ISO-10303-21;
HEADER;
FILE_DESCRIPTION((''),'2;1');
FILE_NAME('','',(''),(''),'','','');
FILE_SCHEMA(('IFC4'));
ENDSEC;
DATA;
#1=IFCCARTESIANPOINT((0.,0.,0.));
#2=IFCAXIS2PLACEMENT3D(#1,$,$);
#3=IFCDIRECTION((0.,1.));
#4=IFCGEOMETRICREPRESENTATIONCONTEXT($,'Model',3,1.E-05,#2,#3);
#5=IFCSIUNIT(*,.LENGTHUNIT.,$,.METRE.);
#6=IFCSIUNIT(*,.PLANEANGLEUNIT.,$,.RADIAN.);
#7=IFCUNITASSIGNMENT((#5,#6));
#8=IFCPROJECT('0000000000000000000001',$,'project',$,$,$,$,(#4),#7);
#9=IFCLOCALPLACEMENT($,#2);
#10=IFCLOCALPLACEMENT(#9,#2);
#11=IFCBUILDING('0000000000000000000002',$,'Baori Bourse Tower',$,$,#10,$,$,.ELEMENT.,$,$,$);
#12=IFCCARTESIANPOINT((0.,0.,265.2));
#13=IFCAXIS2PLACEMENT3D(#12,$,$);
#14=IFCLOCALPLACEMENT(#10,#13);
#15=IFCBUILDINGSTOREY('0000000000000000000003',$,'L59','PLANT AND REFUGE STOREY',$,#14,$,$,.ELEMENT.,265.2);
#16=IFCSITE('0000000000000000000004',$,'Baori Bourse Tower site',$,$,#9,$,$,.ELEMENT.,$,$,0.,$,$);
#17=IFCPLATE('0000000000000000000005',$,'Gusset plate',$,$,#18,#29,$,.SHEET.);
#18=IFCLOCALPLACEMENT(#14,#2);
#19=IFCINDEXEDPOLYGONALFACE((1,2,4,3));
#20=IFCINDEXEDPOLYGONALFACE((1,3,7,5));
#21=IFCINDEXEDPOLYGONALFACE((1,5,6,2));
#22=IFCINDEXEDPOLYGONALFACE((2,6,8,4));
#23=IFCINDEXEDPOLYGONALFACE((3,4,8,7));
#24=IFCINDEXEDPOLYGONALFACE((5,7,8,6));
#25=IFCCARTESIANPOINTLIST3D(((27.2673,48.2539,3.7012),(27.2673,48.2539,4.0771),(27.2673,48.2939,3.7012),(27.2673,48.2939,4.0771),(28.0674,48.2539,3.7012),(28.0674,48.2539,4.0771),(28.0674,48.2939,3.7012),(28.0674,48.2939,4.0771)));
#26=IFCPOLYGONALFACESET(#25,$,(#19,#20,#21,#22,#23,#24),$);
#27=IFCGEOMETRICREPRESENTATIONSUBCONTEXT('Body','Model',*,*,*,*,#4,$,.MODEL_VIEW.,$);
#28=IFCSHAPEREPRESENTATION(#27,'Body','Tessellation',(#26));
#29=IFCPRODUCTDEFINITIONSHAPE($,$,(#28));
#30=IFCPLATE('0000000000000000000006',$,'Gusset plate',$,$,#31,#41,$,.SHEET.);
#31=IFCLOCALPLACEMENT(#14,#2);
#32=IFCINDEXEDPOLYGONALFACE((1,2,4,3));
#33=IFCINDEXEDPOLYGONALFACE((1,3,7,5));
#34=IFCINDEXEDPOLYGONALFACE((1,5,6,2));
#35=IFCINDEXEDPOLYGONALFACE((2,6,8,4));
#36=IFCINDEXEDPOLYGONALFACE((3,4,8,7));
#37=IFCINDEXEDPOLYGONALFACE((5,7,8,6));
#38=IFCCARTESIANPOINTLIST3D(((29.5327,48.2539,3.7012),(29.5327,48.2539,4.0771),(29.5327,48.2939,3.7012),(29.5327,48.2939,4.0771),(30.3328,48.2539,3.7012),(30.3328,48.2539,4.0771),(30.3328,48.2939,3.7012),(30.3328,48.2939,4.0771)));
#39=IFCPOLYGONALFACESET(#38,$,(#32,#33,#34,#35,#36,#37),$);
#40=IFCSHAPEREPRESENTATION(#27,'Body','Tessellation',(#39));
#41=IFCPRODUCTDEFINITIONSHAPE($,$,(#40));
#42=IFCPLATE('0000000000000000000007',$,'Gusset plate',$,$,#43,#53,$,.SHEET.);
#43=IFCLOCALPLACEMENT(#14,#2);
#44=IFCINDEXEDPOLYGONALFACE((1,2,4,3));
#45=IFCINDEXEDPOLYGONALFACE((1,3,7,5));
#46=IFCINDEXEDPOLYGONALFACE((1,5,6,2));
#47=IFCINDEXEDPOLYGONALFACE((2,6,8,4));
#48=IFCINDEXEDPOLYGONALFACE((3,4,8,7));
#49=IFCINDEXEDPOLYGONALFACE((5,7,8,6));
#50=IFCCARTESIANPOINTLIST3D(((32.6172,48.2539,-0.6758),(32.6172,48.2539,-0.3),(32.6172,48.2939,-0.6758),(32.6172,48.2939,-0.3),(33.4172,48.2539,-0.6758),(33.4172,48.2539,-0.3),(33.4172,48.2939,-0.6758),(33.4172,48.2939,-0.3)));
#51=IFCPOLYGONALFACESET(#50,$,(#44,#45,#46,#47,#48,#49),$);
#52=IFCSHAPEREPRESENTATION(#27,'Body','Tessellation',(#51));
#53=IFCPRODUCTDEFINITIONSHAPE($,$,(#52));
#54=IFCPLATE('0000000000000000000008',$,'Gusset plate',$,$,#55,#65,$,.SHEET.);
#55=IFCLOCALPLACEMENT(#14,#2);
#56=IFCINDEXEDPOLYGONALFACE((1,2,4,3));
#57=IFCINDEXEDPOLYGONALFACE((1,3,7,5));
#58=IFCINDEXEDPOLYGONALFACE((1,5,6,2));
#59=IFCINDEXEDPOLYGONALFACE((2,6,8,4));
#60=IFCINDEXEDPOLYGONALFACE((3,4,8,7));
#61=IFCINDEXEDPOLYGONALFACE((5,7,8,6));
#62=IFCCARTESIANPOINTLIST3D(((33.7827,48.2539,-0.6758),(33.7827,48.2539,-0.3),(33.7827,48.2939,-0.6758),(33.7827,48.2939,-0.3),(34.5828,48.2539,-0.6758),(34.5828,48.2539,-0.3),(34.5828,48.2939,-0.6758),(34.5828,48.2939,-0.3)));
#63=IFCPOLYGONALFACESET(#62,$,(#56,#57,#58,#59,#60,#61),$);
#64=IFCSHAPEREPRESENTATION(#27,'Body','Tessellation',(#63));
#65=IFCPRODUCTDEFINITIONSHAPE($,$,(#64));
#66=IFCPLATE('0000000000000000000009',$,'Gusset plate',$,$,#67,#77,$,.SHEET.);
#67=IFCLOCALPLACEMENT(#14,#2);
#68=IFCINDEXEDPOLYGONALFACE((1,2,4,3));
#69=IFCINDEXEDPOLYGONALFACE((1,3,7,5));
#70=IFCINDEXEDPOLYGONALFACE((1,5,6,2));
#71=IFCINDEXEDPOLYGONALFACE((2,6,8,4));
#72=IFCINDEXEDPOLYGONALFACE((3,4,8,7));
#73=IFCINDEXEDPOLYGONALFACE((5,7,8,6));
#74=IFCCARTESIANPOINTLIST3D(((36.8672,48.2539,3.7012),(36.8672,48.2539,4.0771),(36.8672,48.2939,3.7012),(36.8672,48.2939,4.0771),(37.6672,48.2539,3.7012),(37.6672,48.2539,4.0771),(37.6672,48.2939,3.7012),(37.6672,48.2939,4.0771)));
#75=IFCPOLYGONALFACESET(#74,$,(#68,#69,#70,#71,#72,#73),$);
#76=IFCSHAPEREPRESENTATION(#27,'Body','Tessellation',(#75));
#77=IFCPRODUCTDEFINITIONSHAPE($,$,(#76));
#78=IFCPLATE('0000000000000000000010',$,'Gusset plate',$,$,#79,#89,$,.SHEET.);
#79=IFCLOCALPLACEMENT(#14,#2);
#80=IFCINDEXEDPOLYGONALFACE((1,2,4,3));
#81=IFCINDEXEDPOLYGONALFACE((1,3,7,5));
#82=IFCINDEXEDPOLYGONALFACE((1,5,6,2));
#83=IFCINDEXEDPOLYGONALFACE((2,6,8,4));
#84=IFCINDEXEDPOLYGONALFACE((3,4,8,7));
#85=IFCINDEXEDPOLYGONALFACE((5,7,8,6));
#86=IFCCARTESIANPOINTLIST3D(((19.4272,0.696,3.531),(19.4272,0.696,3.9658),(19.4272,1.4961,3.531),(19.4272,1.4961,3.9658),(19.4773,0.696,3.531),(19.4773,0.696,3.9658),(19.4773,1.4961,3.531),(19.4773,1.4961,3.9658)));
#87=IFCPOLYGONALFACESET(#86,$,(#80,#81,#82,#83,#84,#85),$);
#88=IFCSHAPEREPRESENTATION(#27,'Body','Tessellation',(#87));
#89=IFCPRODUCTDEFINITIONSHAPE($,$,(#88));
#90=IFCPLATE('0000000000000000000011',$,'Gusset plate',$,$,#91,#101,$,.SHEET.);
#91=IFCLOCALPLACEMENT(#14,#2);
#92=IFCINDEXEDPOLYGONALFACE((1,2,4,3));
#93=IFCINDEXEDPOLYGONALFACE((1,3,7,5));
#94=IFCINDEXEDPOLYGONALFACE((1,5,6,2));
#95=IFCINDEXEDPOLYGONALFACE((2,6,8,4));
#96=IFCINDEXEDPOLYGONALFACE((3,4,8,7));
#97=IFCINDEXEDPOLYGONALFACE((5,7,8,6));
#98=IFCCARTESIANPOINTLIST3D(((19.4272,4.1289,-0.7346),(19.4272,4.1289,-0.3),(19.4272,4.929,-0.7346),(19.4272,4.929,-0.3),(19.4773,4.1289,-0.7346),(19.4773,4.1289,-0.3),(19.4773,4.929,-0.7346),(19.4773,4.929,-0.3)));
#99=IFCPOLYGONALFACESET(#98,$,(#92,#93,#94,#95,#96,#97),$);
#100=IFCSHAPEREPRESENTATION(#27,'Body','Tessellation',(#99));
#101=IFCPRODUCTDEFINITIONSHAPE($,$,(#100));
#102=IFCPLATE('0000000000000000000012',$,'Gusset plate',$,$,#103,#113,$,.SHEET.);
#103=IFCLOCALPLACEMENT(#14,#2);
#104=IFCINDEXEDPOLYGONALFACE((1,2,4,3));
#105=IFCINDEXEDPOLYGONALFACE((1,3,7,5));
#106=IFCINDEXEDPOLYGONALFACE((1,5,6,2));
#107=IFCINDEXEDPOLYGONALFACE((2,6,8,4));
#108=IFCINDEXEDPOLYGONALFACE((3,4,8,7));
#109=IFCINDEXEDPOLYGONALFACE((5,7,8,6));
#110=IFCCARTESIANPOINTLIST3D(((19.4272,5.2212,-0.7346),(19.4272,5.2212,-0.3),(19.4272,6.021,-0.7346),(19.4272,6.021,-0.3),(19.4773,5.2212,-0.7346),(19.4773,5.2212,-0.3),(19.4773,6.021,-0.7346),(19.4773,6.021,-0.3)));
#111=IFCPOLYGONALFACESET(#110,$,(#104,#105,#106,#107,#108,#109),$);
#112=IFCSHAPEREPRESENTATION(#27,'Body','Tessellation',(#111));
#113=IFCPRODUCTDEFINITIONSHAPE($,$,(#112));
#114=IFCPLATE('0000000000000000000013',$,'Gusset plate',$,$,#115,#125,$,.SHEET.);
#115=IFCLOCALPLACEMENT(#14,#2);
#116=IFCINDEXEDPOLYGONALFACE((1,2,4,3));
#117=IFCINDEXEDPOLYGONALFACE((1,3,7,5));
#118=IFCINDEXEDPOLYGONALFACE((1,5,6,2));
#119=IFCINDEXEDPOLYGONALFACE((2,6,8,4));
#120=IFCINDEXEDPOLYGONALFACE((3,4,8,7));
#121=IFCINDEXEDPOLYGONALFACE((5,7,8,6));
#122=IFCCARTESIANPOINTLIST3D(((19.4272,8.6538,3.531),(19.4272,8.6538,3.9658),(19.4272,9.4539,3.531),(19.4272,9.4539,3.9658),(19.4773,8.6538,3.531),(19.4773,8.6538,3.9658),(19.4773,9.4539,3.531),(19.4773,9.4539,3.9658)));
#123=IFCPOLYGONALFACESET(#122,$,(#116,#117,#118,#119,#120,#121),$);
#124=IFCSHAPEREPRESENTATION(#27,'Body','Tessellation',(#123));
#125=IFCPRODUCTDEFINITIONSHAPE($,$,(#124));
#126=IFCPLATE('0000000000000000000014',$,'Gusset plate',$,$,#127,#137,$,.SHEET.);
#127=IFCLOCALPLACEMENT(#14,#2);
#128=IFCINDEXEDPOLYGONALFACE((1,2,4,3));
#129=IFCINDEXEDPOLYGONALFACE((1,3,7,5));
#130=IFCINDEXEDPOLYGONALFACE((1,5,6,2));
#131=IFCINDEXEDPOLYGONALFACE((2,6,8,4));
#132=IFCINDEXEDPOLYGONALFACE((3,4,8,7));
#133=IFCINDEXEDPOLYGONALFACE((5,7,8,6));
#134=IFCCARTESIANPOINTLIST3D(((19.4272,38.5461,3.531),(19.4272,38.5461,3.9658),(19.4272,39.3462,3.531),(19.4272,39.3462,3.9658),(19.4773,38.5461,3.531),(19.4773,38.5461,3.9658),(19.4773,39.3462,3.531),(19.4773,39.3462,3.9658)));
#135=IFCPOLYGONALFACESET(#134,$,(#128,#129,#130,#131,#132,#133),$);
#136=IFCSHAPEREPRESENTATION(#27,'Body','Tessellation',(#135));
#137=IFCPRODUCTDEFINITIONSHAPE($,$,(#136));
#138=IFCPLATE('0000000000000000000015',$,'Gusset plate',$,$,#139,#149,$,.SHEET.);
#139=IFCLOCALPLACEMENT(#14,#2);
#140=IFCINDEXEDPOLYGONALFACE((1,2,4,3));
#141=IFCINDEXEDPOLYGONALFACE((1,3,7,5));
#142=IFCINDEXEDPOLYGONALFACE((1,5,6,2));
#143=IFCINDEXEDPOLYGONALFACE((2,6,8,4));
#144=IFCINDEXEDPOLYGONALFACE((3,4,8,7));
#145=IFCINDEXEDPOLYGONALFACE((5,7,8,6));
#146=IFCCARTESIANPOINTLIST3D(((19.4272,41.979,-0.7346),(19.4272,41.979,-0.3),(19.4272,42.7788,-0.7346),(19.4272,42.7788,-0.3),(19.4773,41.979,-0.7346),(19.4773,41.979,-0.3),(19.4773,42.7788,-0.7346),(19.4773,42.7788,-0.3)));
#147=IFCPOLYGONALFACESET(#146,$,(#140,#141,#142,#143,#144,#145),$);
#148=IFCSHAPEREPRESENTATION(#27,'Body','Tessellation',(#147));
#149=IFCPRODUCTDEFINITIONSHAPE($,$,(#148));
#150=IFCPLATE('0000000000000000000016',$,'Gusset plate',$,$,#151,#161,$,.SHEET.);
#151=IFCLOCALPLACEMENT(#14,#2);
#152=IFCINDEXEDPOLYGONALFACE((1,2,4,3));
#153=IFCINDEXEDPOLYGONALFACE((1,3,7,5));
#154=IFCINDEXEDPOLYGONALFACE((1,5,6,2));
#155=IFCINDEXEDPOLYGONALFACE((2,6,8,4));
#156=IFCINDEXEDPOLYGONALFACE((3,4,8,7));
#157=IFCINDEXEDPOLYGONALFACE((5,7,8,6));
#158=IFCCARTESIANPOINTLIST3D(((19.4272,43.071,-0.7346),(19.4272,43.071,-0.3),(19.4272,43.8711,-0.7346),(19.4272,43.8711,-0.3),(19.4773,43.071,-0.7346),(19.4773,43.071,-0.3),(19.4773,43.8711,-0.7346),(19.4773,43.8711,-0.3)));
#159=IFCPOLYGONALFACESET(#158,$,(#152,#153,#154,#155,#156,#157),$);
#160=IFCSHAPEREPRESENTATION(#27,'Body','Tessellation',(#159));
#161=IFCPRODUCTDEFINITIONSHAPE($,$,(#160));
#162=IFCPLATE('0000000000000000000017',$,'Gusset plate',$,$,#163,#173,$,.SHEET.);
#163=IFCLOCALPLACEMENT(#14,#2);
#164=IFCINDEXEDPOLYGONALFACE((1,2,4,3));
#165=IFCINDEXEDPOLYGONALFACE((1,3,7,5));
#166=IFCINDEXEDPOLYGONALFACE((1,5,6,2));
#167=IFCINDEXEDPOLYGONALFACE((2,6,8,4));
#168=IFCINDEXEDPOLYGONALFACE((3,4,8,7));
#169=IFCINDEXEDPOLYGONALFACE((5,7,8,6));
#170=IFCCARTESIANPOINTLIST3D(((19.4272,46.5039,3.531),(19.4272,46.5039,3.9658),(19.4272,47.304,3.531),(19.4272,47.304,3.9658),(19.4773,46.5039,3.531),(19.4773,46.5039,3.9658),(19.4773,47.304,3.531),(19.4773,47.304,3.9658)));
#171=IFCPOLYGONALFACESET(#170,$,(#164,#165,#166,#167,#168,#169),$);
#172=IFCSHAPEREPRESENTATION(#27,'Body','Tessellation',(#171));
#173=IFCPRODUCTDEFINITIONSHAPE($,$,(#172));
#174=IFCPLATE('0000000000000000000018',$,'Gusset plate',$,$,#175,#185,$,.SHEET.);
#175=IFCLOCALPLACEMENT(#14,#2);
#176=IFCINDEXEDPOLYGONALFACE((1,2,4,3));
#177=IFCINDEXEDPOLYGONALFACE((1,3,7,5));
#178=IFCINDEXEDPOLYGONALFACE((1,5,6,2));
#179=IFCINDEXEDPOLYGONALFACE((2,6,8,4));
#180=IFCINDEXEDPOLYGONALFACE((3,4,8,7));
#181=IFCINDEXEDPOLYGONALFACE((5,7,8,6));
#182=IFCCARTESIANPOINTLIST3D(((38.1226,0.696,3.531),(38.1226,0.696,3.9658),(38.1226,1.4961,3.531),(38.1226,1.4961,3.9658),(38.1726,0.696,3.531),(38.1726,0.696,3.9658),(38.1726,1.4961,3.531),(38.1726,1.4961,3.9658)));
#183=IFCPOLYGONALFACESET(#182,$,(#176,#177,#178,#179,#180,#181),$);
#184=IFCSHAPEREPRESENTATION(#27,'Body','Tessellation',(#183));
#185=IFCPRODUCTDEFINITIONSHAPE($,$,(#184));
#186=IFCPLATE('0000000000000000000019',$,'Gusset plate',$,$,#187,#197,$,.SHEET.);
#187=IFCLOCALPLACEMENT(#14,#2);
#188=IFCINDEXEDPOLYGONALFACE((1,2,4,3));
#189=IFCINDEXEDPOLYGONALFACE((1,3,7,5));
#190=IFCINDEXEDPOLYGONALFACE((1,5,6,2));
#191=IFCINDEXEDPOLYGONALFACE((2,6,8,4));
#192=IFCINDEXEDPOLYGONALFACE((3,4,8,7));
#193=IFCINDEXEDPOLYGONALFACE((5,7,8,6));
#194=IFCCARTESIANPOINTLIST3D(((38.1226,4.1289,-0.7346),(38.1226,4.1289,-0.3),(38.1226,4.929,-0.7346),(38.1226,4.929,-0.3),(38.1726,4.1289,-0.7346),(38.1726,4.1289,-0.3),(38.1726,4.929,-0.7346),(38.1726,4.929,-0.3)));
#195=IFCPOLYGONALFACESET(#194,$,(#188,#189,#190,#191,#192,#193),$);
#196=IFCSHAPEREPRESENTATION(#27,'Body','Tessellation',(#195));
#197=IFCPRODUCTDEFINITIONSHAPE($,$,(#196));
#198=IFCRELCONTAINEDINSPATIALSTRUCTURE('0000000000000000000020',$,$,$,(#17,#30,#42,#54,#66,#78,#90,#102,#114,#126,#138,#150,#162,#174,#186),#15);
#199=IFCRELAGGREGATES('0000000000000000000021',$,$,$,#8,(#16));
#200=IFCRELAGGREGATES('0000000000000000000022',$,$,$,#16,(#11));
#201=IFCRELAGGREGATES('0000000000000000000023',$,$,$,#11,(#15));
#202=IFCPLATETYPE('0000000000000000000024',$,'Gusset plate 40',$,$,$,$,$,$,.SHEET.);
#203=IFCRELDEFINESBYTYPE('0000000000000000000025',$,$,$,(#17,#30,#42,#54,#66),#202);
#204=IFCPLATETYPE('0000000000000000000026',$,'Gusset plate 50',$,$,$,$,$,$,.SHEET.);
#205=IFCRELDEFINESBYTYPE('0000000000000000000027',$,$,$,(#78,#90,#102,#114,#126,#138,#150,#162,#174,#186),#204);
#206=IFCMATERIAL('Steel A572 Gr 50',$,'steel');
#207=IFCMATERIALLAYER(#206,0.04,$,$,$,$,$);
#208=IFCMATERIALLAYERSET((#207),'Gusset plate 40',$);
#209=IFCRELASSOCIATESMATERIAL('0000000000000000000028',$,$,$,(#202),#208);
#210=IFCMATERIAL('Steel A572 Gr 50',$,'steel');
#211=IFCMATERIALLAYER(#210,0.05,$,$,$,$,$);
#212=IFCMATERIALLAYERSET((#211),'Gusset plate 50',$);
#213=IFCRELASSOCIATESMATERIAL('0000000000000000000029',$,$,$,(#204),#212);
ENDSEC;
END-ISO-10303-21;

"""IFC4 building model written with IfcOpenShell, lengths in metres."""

from ifc_helpers import new_model, si_unit, direction, frame, origin, place, context, subcontext, project, spatial, polyline, outline, extrude, material, layer, layer_set, type_object, element, save


model = new_model("IFC4")

# Units and contexts
model_context = context("Model", 3, precision=1e-05, world=origin(), true_north=direction((0.0, 1.0)))
body_context = subcontext(model_context, "Body", "Model", "MODEL_VIEW")
ifc_project = project(units=[si_unit("LENGTHUNIT", "METRE"), si_unit("PLANEANGLEUNIT", "RADIAN")], contexts=[model_context])

# Site, building, storey
site_placement = place(None, origin())
site = spatial("IfcSite", under=ifc_project, at=site_placement, Name="Baori Bourse Tower site", CompositionType="ELEMENT", RefElevation=0.0)
building_placement = place(site_placement, origin())
building = spatial("IfcBuilding", under=site, at=building_placement, Name="Baori Bourse Tower", CompositionType="ELEMENT")
storey_placement = place(building_placement, frame((0.0, 0.0, 265.2)))
storey = spatial("IfcBuildingStorey", under=building, at=storey_placement, Name="L59", Description="PLANT AND REFUGE STOREY", CompositionType="ELEMENT", Elevation=265.2)

# Plates
ifc_material_1 = material(Name="Steel A572 Gr 50", Category="steel")
ifc_layer_1 = layer(ifc_material_1, 0.04)
ifc_layer_set_1 = layer_set([ifc_layer_1], Name="Gusset plate 40")
plate_type_1 = type_object("IfcPlateType", Name="Gusset plate 40", PredefinedType="SHEET", material=ifc_layer_set_1)
plate_1_placement = place(storey_placement, frame((0.0, 0.0, 3.7012)))
element("IfcPlate", 1, at=plate_1_placement, inside=storey, type_object=plate_type_1, Name="Gusset plate", PredefinedType="SHEET", context=body_context, shape_type="SweptSolid", body=[
    extrude(outline(polyline([(27.2673, 48.2539), (28.0674, 48.2539), (28.0674, 48.2939), (27.2673, 48.2939), (27.2673, 48.2539)])), origin(), (0.0, 0.0, 1.0), 0.376),
])
plate_2_placement = place(storey_placement, frame((0.0, 0.0, 3.7012)))
element("IfcPlate", 2, at=plate_2_placement, inside=storey, type_object=plate_type_1, Name="Gusset plate", PredefinedType="SHEET", context=body_context, shape_type="SweptSolid", body=[
    extrude(outline(polyline([(29.5327, 48.2539), (30.3328, 48.2539), (30.3328, 48.2939), (29.5327, 48.2939), (29.5327, 48.2539)])), origin(), (0.0, 0.0, 1.0), 0.376),
])
plate_3_placement = place(storey_placement, frame((0.0, 0.0, -0.6758)))
element("IfcPlate", 3, at=plate_3_placement, inside=storey, type_object=plate_type_1, Name="Gusset plate", PredefinedType="SHEET", context=body_context, shape_type="SweptSolid", body=[
    extrude(outline(polyline([(32.6172, 48.2539), (33.4172, 48.2539), (33.4172, 48.2939), (32.6172, 48.2939), (32.6172, 48.2539)])), origin(), (0.0, 0.0, 1.0), 0.3757),
])
plate_4_placement = place(storey_placement, frame((0.0, 0.0, -0.6758)))
element("IfcPlate", 4, at=plate_4_placement, inside=storey, type_object=plate_type_1, Name="Gusset plate", PredefinedType="SHEET", context=body_context, shape_type="SweptSolid", body=[
    extrude(outline(polyline([(33.7827, 48.2539), (34.5828, 48.2539), (34.5828, 48.2939), (33.7827, 48.2939), (33.7827, 48.2539)])), origin(), (0.0, 0.0, 1.0), 0.3757),
])
plate_5_placement = place(storey_placement, frame((0.0, 0.0, 3.7012)))
element("IfcPlate", 5, at=plate_5_placement, inside=storey, type_object=plate_type_1, Name="Gusset plate", PredefinedType="SHEET", context=body_context, shape_type="SweptSolid", body=[
    extrude(outline(polyline([(36.8672, 48.2539), (37.6672, 48.2539), (37.6672, 48.2939), (36.8672, 48.2939), (36.8672, 48.2539)])), origin(), (0.0, 0.0, 1.0), 0.376),
])
ifc_material_2 = material(Name="Steel A572 Gr 50", Category="steel")
ifc_layer_2 = layer(ifc_material_2, 0.05)
ifc_layer_set_2 = layer_set([ifc_layer_2], Name="Gusset plate 50")
plate_type_2 = type_object("IfcPlateType", Name="Gusset plate 50", PredefinedType="SHEET", material=ifc_layer_set_2)
plate_6_placement = place(storey_placement, frame((0.0, 0.0, 3.531)))
element("IfcPlate", 6, at=plate_6_placement, inside=storey, type_object=plate_type_2, Name="Gusset plate", PredefinedType="SHEET", context=body_context, shape_type="SweptSolid", body=[
    extrude(outline(polyline([(19.4272, 0.696), (19.4773, 0.696), (19.4773, 1.4961), (19.4272, 1.4961), (19.4272, 0.696)])), origin(), (0.0, 0.0, 1.0), 0.4348),
])
plate_7_placement = place(storey_placement, frame((0.0, 0.0, -0.7346)))
element("IfcPlate", 7, at=plate_7_placement, inside=storey, type_object=plate_type_2, Name="Gusset plate", PredefinedType="SHEET", context=body_context, shape_type="SweptSolid", body=[
    extrude(outline(polyline([(19.4272, 4.1289), (19.4773, 4.1289), (19.4773, 4.929), (19.4272, 4.929), (19.4272, 4.1289)])), origin(), (0.0, 0.0, 1.0), 0.4346),
])
plate_8_placement = place(storey_placement, frame((0.0, 0.0, -0.7346)))
element("IfcPlate", 8, at=plate_8_placement, inside=storey, type_object=plate_type_2, Name="Gusset plate", PredefinedType="SHEET", context=body_context, shape_type="SweptSolid", body=[
    extrude(outline(polyline([(19.4272, 5.2212), (19.4773, 5.2212), (19.4773, 6.021), (19.4272, 6.021), (19.4272, 5.2212)])), origin(), (0.0, 0.0, 1.0), 0.4346),
])
plate_9_placement = place(storey_placement, frame((0.0, 0.0, 3.531)))
element("IfcPlate", 9, at=plate_9_placement, inside=storey, type_object=plate_type_2, Name="Gusset plate", PredefinedType="SHEET", context=body_context, shape_type="SweptSolid", body=[
    extrude(outline(polyline([(19.4272, 8.6538), (19.4773, 8.6538), (19.4773, 9.4539), (19.4272, 9.4539), (19.4272, 8.6538)])), origin(), (0.0, 0.0, 1.0), 0.4348),
])
plate_10_placement = place(storey_placement, frame((0.0, 0.0, 3.531)))
element("IfcPlate", 10, at=plate_10_placement, inside=storey, type_object=plate_type_2, Name="Gusset plate", PredefinedType="SHEET", context=body_context, shape_type="SweptSolid", body=[
    extrude(outline(polyline([(19.4272, 38.5461), (19.4773, 38.5461), (19.4773, 39.3462), (19.4272, 39.3462), (19.4272, 38.5461)])), origin(), (0.0, 0.0, 1.0), 0.4348),
])
plate_11_placement = place(storey_placement, frame((0.0, 0.0, -0.7346)))
element("IfcPlate", 11, at=plate_11_placement, inside=storey, type_object=plate_type_2, Name="Gusset plate", PredefinedType="SHEET", context=body_context, shape_type="SweptSolid", body=[
    extrude(outline(polyline([(19.4272, 41.979), (19.4773, 41.979), (19.4773, 42.7788), (19.4272, 42.7788), (19.4272, 41.979)])), origin(), (0.0, 0.0, 1.0), 0.4346),
])
plate_12_placement = place(storey_placement, frame((0.0, 0.0, -0.7346)))
element("IfcPlate", 12, at=plate_12_placement, inside=storey, type_object=plate_type_2, Name="Gusset plate", PredefinedType="SHEET", context=body_context, shape_type="SweptSolid", body=[
    extrude(outline(polyline([(19.4272, 43.071), (19.4773, 43.071), (19.4773, 43.8711), (19.4272, 43.8711), (19.4272, 43.071)])), origin(), (0.0, 0.0, 1.0), 0.4346),
])
plate_13_placement = place(storey_placement, frame((0.0, 0.0, 3.531)))
element("IfcPlate", 13, at=plate_13_placement, inside=storey, type_object=plate_type_2, Name="Gusset plate", PredefinedType="SHEET", context=body_context, shape_type="SweptSolid", body=[
    extrude(outline(polyline([(19.4272, 46.5039), (19.4773, 46.5039), (19.4773, 47.304), (19.4272, 47.304), (19.4272, 46.5039)])), origin(), (0.0, 0.0, 1.0), 0.4348),
])
plate_14_placement = place(storey_placement, frame((0.0, 0.0, 3.531)))
element("IfcPlate", 14, at=plate_14_placement, inside=storey, type_object=plate_type_2, Name="Gusset plate", PredefinedType="SHEET", context=body_context, shape_type="SweptSolid", body=[
    extrude(outline(polyline([(38.1226, 0.696), (38.1726, 0.696), (38.1726, 1.4961), (38.1226, 1.4961), (38.1226, 0.696)])), origin(), (0.0, 0.0, 1.0), 0.4348),
])
plate_15_placement = place(storey_placement, frame((0.0, 0.0, -0.7346)))
element("IfcPlate", 15, at=plate_15_placement, inside=storey, type_object=plate_type_2, Name="Gusset plate", PredefinedType="SHEET", context=body_context, shape_type="SweptSolid", body=[
    extrude(outline(polyline([(38.1226, 4.1289), (38.1726, 4.1289), (38.1726, 4.929), (38.1226, 4.929), (38.1226, 4.1289)])), origin(), (0.0, 0.0, 1.0), 0.4346),
])

save(model, "model.ifc")
